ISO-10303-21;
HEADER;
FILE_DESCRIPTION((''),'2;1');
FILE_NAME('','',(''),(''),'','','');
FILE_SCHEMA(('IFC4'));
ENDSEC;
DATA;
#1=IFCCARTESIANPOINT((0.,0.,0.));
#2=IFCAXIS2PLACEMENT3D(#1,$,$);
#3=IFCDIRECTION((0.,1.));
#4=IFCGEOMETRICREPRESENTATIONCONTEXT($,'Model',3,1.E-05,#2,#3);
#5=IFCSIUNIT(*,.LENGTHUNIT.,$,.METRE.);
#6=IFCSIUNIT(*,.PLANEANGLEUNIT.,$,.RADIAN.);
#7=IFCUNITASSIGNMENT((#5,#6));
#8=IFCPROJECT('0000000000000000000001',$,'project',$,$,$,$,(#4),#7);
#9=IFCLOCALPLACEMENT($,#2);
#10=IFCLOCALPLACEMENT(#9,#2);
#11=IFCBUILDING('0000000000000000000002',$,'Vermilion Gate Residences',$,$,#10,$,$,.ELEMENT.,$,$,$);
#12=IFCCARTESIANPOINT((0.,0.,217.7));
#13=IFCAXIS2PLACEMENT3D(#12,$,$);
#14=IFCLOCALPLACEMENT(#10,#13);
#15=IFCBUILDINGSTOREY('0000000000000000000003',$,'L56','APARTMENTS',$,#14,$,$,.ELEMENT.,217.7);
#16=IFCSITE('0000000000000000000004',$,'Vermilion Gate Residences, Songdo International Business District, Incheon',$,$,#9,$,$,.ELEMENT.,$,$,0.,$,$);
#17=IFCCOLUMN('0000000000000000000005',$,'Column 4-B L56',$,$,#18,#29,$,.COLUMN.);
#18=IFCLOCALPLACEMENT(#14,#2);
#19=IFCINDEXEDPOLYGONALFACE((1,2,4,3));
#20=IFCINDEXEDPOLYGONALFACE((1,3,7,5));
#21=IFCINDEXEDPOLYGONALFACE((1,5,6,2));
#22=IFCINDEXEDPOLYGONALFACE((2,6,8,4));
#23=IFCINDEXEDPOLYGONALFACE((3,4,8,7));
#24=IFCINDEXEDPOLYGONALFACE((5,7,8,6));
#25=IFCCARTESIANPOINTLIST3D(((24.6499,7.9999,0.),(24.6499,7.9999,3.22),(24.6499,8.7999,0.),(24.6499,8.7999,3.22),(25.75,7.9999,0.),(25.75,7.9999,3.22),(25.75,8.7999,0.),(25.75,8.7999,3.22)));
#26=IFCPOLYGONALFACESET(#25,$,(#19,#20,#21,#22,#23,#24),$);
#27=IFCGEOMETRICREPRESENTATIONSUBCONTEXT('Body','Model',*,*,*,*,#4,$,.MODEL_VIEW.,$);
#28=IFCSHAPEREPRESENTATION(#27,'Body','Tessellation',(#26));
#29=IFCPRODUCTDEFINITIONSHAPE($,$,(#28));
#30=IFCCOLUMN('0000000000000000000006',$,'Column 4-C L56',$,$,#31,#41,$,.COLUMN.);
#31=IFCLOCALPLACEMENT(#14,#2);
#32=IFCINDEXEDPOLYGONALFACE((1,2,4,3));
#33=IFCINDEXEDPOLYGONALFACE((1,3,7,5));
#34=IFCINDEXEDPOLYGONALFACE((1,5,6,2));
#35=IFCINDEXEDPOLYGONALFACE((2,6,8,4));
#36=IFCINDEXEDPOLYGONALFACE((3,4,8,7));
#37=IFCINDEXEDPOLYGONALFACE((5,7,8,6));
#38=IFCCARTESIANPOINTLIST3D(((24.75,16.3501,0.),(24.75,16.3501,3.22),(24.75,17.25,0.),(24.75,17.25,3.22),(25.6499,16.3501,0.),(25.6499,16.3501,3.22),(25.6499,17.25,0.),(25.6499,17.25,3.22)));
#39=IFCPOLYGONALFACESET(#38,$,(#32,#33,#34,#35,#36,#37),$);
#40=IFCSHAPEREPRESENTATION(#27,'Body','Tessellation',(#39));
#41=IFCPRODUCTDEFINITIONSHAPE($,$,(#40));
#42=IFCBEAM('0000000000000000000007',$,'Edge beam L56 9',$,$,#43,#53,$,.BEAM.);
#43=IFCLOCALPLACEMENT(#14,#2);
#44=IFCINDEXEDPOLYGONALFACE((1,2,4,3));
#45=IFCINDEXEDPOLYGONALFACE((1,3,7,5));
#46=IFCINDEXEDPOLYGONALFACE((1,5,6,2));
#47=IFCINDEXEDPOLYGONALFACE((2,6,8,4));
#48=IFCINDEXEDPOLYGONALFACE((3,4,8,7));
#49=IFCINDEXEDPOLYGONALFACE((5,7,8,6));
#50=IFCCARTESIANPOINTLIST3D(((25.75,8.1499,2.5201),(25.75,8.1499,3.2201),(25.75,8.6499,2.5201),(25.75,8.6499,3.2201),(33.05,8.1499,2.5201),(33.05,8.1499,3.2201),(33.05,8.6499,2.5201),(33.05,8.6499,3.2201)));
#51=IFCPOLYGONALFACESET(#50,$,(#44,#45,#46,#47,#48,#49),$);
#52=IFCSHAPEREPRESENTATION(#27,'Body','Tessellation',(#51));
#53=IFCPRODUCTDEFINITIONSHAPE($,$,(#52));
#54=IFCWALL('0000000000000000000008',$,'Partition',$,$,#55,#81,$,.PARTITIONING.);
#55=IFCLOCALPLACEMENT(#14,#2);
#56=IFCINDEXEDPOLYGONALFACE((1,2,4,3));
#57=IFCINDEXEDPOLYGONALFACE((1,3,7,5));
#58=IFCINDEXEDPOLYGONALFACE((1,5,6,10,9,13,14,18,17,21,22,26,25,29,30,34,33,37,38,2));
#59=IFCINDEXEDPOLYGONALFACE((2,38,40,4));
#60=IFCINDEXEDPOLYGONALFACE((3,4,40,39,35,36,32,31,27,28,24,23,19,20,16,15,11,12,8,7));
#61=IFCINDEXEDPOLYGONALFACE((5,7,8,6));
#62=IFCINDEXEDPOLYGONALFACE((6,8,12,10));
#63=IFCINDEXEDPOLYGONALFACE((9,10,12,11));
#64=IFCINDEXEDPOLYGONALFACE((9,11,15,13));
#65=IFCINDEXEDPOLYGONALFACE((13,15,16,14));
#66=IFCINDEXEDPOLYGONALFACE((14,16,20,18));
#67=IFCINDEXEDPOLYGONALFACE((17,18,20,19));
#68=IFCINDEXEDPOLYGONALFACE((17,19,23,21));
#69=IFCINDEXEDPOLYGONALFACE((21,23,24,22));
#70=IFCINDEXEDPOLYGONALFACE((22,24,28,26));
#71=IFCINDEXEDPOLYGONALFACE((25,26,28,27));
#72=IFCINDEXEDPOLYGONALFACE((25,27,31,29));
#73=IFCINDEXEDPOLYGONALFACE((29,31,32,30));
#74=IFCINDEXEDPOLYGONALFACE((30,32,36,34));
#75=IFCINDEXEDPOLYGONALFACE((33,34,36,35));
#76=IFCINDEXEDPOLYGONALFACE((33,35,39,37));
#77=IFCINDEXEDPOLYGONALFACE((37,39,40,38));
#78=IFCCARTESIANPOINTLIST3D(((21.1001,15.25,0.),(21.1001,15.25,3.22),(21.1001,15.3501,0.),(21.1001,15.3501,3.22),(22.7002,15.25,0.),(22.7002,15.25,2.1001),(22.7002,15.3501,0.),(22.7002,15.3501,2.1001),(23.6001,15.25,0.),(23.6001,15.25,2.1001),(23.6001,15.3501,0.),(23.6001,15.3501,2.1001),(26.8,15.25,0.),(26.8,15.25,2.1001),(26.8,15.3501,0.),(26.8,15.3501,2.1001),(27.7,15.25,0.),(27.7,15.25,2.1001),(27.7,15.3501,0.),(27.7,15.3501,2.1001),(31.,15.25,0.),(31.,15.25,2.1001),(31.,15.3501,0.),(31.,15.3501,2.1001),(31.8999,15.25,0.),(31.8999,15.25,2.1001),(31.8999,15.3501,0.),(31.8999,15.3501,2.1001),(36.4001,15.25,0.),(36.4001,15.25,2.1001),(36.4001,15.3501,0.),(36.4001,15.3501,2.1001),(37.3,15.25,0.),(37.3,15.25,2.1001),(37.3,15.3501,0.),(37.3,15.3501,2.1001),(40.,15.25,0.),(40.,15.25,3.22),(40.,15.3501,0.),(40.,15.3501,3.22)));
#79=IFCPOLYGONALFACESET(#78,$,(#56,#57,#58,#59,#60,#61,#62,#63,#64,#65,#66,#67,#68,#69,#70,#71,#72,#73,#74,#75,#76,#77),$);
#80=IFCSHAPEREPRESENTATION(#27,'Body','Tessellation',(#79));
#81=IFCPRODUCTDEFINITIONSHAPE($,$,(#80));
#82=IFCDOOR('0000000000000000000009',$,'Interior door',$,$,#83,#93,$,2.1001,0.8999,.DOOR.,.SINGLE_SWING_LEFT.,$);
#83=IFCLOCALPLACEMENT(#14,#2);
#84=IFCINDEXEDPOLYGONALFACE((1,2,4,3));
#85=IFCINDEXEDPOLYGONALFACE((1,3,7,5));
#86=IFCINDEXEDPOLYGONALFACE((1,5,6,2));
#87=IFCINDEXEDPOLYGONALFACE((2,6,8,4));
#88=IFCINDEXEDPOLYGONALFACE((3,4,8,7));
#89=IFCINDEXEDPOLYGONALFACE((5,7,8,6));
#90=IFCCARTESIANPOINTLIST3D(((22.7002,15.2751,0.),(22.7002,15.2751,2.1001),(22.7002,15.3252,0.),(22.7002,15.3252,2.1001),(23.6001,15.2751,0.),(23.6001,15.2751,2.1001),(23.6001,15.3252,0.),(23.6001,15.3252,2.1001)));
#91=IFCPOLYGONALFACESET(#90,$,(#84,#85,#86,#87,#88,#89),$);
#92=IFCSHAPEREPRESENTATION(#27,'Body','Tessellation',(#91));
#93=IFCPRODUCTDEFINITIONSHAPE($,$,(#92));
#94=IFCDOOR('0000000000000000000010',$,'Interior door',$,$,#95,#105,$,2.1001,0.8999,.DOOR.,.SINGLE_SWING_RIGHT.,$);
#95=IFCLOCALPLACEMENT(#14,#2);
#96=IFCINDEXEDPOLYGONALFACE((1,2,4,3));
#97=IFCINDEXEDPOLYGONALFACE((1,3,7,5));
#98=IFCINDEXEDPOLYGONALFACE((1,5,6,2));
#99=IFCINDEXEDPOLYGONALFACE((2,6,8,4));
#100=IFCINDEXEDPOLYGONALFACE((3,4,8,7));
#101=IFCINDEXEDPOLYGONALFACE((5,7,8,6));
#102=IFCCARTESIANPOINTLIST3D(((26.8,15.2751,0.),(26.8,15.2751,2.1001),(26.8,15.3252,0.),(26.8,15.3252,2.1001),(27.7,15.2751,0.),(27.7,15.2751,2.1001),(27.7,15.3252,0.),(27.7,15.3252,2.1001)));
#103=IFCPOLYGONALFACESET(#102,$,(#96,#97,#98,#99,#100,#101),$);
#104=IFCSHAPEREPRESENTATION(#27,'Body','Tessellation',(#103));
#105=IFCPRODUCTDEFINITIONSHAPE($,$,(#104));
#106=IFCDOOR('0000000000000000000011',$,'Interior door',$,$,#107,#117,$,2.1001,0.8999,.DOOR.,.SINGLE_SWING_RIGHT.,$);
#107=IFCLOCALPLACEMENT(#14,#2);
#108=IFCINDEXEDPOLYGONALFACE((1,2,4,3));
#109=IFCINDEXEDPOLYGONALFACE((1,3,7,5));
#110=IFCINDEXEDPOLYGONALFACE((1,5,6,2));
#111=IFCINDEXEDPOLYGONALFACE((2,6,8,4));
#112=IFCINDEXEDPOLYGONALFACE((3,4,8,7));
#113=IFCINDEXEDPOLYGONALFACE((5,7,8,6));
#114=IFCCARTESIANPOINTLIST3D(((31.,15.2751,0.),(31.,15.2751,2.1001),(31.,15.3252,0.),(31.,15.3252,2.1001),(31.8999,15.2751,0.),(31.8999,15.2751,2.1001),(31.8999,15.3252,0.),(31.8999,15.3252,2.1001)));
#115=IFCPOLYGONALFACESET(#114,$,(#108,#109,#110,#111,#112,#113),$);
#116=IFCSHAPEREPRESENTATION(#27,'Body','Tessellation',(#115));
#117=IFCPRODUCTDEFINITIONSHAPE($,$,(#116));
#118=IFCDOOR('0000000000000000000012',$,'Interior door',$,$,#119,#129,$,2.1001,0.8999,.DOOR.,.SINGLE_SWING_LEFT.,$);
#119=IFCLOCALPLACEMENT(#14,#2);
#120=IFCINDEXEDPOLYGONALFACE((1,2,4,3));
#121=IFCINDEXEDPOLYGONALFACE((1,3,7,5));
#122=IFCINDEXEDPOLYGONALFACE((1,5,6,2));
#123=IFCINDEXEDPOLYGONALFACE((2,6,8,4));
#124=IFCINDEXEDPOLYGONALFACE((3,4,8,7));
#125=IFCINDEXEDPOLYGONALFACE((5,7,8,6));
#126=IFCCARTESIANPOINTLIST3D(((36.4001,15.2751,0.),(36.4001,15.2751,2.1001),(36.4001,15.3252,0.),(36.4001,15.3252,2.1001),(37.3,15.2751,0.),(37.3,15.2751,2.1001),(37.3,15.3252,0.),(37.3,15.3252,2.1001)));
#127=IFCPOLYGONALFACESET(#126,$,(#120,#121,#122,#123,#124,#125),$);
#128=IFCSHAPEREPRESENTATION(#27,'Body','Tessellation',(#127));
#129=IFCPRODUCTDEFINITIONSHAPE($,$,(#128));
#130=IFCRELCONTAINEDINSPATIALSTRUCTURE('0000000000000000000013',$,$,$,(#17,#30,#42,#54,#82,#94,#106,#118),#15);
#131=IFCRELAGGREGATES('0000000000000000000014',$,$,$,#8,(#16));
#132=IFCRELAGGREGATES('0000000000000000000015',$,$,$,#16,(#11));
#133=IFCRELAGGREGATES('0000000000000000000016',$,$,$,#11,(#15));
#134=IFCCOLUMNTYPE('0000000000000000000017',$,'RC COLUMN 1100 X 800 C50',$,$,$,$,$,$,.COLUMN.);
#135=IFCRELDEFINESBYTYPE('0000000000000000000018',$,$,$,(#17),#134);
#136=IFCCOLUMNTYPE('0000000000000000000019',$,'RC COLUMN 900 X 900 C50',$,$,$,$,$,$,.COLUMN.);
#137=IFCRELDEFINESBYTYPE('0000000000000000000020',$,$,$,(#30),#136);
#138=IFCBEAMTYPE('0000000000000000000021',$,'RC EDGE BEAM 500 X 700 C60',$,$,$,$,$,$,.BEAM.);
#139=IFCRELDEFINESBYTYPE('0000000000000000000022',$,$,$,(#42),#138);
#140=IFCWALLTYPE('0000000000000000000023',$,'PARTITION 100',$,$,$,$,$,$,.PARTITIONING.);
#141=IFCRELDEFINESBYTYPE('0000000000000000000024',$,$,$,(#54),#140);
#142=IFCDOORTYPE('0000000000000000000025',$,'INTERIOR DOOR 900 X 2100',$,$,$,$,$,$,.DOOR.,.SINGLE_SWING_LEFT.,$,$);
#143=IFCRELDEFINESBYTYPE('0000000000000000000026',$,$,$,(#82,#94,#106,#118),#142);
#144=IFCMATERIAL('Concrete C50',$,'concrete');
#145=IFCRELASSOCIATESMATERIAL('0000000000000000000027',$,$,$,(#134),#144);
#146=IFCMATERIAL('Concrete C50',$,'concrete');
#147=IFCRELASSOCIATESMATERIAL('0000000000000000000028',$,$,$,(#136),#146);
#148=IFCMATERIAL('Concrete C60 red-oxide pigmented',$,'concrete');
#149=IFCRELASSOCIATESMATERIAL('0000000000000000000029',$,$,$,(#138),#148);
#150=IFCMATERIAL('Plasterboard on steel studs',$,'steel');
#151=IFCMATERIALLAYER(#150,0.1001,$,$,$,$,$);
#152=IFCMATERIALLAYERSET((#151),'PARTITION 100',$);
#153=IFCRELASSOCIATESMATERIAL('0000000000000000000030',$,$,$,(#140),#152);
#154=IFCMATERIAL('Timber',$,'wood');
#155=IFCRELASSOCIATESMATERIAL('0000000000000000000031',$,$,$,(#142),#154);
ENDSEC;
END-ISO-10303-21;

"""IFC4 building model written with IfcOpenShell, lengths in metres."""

from ifc_helpers import new_model, si_unit, direction, frame, frame_2d, origin, origin_2d, place, context, subcontext, project, spatial, rectangle, extrude, material, layer, layer_set, material_profile, profile_set, type_object, element, fill, save


model = new_model("IFC4")

# Units and contexts
model_context = context("Model", 3, precision=1e-05, world=origin(), true_north=direction((0.0, 1.0)))
body_context = subcontext(model_context, "Body", "Model", "MODEL_VIEW")
ifc_project = project(units=[si_unit("LENGTHUNIT", "METRE"), si_unit("PLANEANGLEUNIT", "RADIAN")], contexts=[model_context])

# Site, building, storey
site_placement = place(None, origin())
site = spatial("IfcSite", under=ifc_project, at=site_placement, Name="Vermilion Gate Residences, Songdo International Business District, Incheon", CompositionType="ELEMENT", RefElevation=0.0)
building_placement = place(site_placement, origin())
building = spatial("IfcBuilding", under=site, at=building_placement, Name="Vermilion Gate Residences", CompositionType="ELEMENT")
storey_placement = place(building_placement, frame((0.0, 0.0, 217.7)))
storey = spatial("IfcBuildingStorey", under=building, at=storey_placement, Name="L56", Description="APARTMENTS", CompositionType="ELEMENT", Elevation=217.7)

# Columns
ifc_material_1 = material(Name="Concrete C50", Category="concrete")
ifc_material_profile_1 = material_profile(ifc_material_1, rectangle(XDim=1.1001, YDim=0.8, at=origin_2d()), Name="RC-1100x800")
ifc_profile_set_1 = profile_set([ifc_material_profile_1], Name="Concrete C50")
column_type_1 = type_object("IfcColumnType", Name="RC COLUMN 1100 X 800 C50", PredefinedType="COLUMN", material=ifc_profile_set_1)
column_1_placement = place(storey_placement, frame((25.2, 8.3999, 0.0), z_axis=(0.0, 0.0, 1.0), x_axis=(1.0, 0.0, 0.0)))
element("IfcColumn", 1, at=column_1_placement, inside=storey, type_object=column_type_1, Name="Column 4-B L56", PredefinedType="COLUMN", context=body_context, shape_type="SweptSolid", body=[
    extrude(rectangle(XDim=1.1001, YDim=0.8, at=origin_2d()), origin(), (0.0, 0.0, 1.0), 3.22),
])
ifc_material_2 = material(Name="Concrete C50", Category="concrete")
ifc_material_profile_2 = material_profile(ifc_material_2, rectangle(XDim=0.8999, YDim=0.8999, at=origin_2d()), Name="RC-900x900")
ifc_profile_set_2 = profile_set([ifc_material_profile_2], Name="Concrete C50")
column_type_2 = type_object("IfcColumnType", Name="RC COLUMN 900 X 900 C50", PredefinedType="COLUMN", material=ifc_profile_set_2)
column_2_placement = place(storey_placement, frame((25.2, 16.8, 0.0), z_axis=(0.0, 0.0, 1.0), x_axis=(1.0, 0.0, 0.0)))
element("IfcColumn", 2, at=column_2_placement, inside=storey, type_object=column_type_2, Name="Column 4-C L56", PredefinedType="COLUMN", context=body_context, shape_type="SweptSolid", body=[
    extrude(rectangle(XDim=0.8999, YDim=0.8999, at=origin_2d()), origin(), (0.0, 0.0, 1.0), 3.22),
])

# Beam
ifc_material_3 = material(Name="Concrete C60 red-oxide pigmented", Category="concrete")
ifc_material_profile_3 = material_profile(ifc_material_3, rectangle(XDim=0.5, YDim=0.7, at=origin_2d()), Name="RC-500x700")
ifc_profile_set_3 = profile_set([ifc_material_profile_3], Name="Concrete C60 red-oxide pigmented")
beam_type = type_object("IfcBeamType", Name="RC EDGE BEAM 500 X 700 C60", PredefinedType="BEAM", material=ifc_profile_set_3)
beam_placement = place(storey_placement, frame((25.75, 8.3999, 2.8701), z_axis=(1.0, 0.0, 0.0), x_axis=(0.0, 1.0, 0.0)))
element("IfcBeam", 3, at=beam_placement, inside=storey, type_object=beam_type, Name="Edge beam L56 9", PredefinedType="BEAM", context=body_context, shape_type="SweptSolid", body=[
    extrude(rectangle(XDim=0.5, YDim=0.7, at=origin_2d()), origin(), (0.0, 0.0, 1.0), 7.3),
])

# Wall, openings, doors
ifc_material_4 = material(Name="Plasterboard on steel studs", Category="steel")
ifc_layer_1 = layer(ifc_material_4, 0.1001)
ifc_layer_set_1 = layer_set([ifc_layer_1], Name="PARTITION 100")
wall_type_1 = type_object("IfcWallType", Name="PARTITION 100", PredefinedType="PARTITIONING", material=ifc_layer_set_1)
wall_1_placement = place(storey_placement, frame((21.1001, 15.3, 0.0), z_axis=(0.0, 0.0, 1.0), x_axis=(1.0, 0.0, 0.0)))
wall_1 = element("IfcWall", 4, at=wall_1_placement, inside=storey, type_object=wall_type_1, Name="Partition", PredefinedType="PARTITIONING", context=body_context, shape_type="SweptSolid", body=[
    extrude(rectangle(XDim=18.8999, YDim=0.1001, at=frame_2d((9.45, 0.0))), origin(), (0.0, 0.0, 1.0), 3.22),
])
opening_1_placement = place(wall_1_placement, frame((1.6001, 0.0, 0.0)))
opening_1 = element("IfcOpeningElement", 5, at=opening_1_placement, cuts=wall_1, PredefinedType="OPENING", context=body_context, shape_type="SweptSolid", body=[
    extrude(rectangle(XDim=0.8999, YDim=2.1001, at=frame_2d((0.45, 1.05))), frame((0.0, 0.0601, 0.0), z_axis=(0.0, -1.0, 0.0), x_axis=(1.0, 0.0, 0.0)), (0.0, 0.0, 1.0), 0.1201),
])
opening_2_placement = place(wall_1_placement, frame((5.7, 0.0, 0.0)))
opening_2 = element("IfcOpeningElement", 6, at=opening_2_placement, cuts=wall_1, PredefinedType="OPENING", context=body_context, shape_type="SweptSolid", body=[
    extrude(rectangle(XDim=0.8999, YDim=2.1001, at=frame_2d((0.45, 1.05))), frame((0.0, 0.0601, 0.0), z_axis=(0.0, -1.0, 0.0), x_axis=(1.0, 0.0, 0.0)), (0.0, 0.0, 1.0), 0.1201),
])
opening_3_placement = place(wall_1_placement, frame((9.8999, 0.0, 0.0)))
opening_3 = element("IfcOpeningElement", 7, at=opening_3_placement, cuts=wall_1, PredefinedType="OPENING", context=body_context, shape_type="SweptSolid", body=[
    extrude(rectangle(XDim=0.8999, YDim=2.1001, at=frame_2d((0.45, 1.05))), frame((0.0, 0.0601, 0.0), z_axis=(0.0, -1.0, 0.0), x_axis=(1.0, 0.0, 0.0)), (0.0, 0.0, 1.0), 0.1201),
])
opening_4_placement = place(wall_1_placement, frame((15.3, 0.0, 0.0)))
opening_4 = element("IfcOpeningElement", 8, at=opening_4_placement, cuts=wall_1, PredefinedType="OPENING", context=body_context, shape_type="SweptSolid", body=[
    extrude(rectangle(XDim=0.8999, YDim=2.1001, at=frame_2d((0.45, 1.05))), frame((0.0, 0.0601, 0.0), z_axis=(0.0, -1.0, 0.0), x_axis=(1.0, 0.0, 0.0)), (0.0, 0.0, 1.0), 0.1201),
])
ifc_material_5 = material(Name="Timber", Category="wood")
door_type = type_object("IfcDoorType", Name="INTERIOR DOOR 900 X 2100", OperationType="SINGLE_SWING_LEFT", PredefinedType="DOOR", material=ifc_material_5)
door_1_placement = place(opening_1_placement, frame((0.8999, 0.0, 0.0), z_axis=(0.0, 0.0, 1.0), x_axis=(-1.0, 0.0, 0.0)))
door_1 = element("IfcDoor", 9, at=door_1_placement, inside=storey, type_object=door_type, Name="Interior door", OperationType="SINGLE_SWING_LEFT", OverallHeight=2.1001, OverallWidth=0.8999, PredefinedType="DOOR", context=body_context, shape_type="SweptSolid", body=[
    extrude(rectangle(XDim=0.8999, YDim=2.1001, at=frame_2d((0.45, 1.05))), frame((0.0, 0.0249, 0.0), z_axis=(0.0, -1.0, 0.0), x_axis=(1.0, 0.0, 0.0)), (0.0, 0.0, 1.0), 0.05),
])
fill(opening_1, door_1)
door_2_placement = place(opening_2_placement, frame((0.8999, 0.0, 0.0), z_axis=(0.0, 0.0, 1.0), x_axis=(-1.0, 0.0, 0.0)))
door_2 = element("IfcDoor", 10, at=door_2_placement, inside=storey, type_object=door_type, Name="Interior door", OperationType="SINGLE_SWING_RIGHT", OverallHeight=2.1001, OverallWidth=0.8999, PredefinedType="DOOR", context=body_context, shape_type="SweptSolid", body=[
    extrude(rectangle(XDim=0.8999, YDim=2.1001, at=frame_2d((0.45, 1.05))), frame((0.0, 0.0249, 0.0), z_axis=(0.0, -1.0, 0.0), x_axis=(1.0, 0.0, 0.0)), (0.0, 0.0, 1.0), 0.05),
])
fill(opening_2, door_2)
door_3_placement = place(opening_3_placement, frame((0.8999, 0.0, 0.0), z_axis=(0.0, 0.0, 1.0), x_axis=(-1.0, 0.0, 0.0)))
door_3 = element("IfcDoor", 11, at=door_3_placement, inside=storey, type_object=door_type, Name="Interior door", OperationType="SINGLE_SWING_RIGHT", OverallHeight=2.1001, OverallWidth=0.8999, PredefinedType="DOOR", context=body_context, shape_type="SweptSolid", body=[
    extrude(rectangle(XDim=0.8999, YDim=2.1001, at=frame_2d((0.45, 1.05))), frame((0.0, 0.0249, 0.0), z_axis=(0.0, -1.0, 0.0), x_axis=(1.0, 0.0, 0.0)), (0.0, 0.0, 1.0), 0.05),
])
fill(opening_3, door_3)
door_4_placement = place(opening_4_placement, frame((0.8999, 0.0, 0.0), z_axis=(0.0, 0.0, 1.0), x_axis=(-1.0, 0.0, 0.0)))
door_4 = element("IfcDoor", 12, at=door_4_placement, inside=storey, type_object=door_type, Name="Interior door", OperationType="SINGLE_SWING_LEFT", OverallHeight=2.1001, OverallWidth=0.8999, PredefinedType="DOOR", context=body_context, shape_type="SweptSolid", body=[
    extrude(rectangle(XDim=0.8999, YDim=2.1001, at=frame_2d((0.45, 1.05))), frame((0.0, 0.0249, 0.0), z_axis=(0.0, -1.0, 0.0), x_axis=(1.0, 0.0, 0.0)), (0.0, 0.0, 1.0), 0.05),
])
fill(opening_4, door_4)

save(model, "model.ifc")
